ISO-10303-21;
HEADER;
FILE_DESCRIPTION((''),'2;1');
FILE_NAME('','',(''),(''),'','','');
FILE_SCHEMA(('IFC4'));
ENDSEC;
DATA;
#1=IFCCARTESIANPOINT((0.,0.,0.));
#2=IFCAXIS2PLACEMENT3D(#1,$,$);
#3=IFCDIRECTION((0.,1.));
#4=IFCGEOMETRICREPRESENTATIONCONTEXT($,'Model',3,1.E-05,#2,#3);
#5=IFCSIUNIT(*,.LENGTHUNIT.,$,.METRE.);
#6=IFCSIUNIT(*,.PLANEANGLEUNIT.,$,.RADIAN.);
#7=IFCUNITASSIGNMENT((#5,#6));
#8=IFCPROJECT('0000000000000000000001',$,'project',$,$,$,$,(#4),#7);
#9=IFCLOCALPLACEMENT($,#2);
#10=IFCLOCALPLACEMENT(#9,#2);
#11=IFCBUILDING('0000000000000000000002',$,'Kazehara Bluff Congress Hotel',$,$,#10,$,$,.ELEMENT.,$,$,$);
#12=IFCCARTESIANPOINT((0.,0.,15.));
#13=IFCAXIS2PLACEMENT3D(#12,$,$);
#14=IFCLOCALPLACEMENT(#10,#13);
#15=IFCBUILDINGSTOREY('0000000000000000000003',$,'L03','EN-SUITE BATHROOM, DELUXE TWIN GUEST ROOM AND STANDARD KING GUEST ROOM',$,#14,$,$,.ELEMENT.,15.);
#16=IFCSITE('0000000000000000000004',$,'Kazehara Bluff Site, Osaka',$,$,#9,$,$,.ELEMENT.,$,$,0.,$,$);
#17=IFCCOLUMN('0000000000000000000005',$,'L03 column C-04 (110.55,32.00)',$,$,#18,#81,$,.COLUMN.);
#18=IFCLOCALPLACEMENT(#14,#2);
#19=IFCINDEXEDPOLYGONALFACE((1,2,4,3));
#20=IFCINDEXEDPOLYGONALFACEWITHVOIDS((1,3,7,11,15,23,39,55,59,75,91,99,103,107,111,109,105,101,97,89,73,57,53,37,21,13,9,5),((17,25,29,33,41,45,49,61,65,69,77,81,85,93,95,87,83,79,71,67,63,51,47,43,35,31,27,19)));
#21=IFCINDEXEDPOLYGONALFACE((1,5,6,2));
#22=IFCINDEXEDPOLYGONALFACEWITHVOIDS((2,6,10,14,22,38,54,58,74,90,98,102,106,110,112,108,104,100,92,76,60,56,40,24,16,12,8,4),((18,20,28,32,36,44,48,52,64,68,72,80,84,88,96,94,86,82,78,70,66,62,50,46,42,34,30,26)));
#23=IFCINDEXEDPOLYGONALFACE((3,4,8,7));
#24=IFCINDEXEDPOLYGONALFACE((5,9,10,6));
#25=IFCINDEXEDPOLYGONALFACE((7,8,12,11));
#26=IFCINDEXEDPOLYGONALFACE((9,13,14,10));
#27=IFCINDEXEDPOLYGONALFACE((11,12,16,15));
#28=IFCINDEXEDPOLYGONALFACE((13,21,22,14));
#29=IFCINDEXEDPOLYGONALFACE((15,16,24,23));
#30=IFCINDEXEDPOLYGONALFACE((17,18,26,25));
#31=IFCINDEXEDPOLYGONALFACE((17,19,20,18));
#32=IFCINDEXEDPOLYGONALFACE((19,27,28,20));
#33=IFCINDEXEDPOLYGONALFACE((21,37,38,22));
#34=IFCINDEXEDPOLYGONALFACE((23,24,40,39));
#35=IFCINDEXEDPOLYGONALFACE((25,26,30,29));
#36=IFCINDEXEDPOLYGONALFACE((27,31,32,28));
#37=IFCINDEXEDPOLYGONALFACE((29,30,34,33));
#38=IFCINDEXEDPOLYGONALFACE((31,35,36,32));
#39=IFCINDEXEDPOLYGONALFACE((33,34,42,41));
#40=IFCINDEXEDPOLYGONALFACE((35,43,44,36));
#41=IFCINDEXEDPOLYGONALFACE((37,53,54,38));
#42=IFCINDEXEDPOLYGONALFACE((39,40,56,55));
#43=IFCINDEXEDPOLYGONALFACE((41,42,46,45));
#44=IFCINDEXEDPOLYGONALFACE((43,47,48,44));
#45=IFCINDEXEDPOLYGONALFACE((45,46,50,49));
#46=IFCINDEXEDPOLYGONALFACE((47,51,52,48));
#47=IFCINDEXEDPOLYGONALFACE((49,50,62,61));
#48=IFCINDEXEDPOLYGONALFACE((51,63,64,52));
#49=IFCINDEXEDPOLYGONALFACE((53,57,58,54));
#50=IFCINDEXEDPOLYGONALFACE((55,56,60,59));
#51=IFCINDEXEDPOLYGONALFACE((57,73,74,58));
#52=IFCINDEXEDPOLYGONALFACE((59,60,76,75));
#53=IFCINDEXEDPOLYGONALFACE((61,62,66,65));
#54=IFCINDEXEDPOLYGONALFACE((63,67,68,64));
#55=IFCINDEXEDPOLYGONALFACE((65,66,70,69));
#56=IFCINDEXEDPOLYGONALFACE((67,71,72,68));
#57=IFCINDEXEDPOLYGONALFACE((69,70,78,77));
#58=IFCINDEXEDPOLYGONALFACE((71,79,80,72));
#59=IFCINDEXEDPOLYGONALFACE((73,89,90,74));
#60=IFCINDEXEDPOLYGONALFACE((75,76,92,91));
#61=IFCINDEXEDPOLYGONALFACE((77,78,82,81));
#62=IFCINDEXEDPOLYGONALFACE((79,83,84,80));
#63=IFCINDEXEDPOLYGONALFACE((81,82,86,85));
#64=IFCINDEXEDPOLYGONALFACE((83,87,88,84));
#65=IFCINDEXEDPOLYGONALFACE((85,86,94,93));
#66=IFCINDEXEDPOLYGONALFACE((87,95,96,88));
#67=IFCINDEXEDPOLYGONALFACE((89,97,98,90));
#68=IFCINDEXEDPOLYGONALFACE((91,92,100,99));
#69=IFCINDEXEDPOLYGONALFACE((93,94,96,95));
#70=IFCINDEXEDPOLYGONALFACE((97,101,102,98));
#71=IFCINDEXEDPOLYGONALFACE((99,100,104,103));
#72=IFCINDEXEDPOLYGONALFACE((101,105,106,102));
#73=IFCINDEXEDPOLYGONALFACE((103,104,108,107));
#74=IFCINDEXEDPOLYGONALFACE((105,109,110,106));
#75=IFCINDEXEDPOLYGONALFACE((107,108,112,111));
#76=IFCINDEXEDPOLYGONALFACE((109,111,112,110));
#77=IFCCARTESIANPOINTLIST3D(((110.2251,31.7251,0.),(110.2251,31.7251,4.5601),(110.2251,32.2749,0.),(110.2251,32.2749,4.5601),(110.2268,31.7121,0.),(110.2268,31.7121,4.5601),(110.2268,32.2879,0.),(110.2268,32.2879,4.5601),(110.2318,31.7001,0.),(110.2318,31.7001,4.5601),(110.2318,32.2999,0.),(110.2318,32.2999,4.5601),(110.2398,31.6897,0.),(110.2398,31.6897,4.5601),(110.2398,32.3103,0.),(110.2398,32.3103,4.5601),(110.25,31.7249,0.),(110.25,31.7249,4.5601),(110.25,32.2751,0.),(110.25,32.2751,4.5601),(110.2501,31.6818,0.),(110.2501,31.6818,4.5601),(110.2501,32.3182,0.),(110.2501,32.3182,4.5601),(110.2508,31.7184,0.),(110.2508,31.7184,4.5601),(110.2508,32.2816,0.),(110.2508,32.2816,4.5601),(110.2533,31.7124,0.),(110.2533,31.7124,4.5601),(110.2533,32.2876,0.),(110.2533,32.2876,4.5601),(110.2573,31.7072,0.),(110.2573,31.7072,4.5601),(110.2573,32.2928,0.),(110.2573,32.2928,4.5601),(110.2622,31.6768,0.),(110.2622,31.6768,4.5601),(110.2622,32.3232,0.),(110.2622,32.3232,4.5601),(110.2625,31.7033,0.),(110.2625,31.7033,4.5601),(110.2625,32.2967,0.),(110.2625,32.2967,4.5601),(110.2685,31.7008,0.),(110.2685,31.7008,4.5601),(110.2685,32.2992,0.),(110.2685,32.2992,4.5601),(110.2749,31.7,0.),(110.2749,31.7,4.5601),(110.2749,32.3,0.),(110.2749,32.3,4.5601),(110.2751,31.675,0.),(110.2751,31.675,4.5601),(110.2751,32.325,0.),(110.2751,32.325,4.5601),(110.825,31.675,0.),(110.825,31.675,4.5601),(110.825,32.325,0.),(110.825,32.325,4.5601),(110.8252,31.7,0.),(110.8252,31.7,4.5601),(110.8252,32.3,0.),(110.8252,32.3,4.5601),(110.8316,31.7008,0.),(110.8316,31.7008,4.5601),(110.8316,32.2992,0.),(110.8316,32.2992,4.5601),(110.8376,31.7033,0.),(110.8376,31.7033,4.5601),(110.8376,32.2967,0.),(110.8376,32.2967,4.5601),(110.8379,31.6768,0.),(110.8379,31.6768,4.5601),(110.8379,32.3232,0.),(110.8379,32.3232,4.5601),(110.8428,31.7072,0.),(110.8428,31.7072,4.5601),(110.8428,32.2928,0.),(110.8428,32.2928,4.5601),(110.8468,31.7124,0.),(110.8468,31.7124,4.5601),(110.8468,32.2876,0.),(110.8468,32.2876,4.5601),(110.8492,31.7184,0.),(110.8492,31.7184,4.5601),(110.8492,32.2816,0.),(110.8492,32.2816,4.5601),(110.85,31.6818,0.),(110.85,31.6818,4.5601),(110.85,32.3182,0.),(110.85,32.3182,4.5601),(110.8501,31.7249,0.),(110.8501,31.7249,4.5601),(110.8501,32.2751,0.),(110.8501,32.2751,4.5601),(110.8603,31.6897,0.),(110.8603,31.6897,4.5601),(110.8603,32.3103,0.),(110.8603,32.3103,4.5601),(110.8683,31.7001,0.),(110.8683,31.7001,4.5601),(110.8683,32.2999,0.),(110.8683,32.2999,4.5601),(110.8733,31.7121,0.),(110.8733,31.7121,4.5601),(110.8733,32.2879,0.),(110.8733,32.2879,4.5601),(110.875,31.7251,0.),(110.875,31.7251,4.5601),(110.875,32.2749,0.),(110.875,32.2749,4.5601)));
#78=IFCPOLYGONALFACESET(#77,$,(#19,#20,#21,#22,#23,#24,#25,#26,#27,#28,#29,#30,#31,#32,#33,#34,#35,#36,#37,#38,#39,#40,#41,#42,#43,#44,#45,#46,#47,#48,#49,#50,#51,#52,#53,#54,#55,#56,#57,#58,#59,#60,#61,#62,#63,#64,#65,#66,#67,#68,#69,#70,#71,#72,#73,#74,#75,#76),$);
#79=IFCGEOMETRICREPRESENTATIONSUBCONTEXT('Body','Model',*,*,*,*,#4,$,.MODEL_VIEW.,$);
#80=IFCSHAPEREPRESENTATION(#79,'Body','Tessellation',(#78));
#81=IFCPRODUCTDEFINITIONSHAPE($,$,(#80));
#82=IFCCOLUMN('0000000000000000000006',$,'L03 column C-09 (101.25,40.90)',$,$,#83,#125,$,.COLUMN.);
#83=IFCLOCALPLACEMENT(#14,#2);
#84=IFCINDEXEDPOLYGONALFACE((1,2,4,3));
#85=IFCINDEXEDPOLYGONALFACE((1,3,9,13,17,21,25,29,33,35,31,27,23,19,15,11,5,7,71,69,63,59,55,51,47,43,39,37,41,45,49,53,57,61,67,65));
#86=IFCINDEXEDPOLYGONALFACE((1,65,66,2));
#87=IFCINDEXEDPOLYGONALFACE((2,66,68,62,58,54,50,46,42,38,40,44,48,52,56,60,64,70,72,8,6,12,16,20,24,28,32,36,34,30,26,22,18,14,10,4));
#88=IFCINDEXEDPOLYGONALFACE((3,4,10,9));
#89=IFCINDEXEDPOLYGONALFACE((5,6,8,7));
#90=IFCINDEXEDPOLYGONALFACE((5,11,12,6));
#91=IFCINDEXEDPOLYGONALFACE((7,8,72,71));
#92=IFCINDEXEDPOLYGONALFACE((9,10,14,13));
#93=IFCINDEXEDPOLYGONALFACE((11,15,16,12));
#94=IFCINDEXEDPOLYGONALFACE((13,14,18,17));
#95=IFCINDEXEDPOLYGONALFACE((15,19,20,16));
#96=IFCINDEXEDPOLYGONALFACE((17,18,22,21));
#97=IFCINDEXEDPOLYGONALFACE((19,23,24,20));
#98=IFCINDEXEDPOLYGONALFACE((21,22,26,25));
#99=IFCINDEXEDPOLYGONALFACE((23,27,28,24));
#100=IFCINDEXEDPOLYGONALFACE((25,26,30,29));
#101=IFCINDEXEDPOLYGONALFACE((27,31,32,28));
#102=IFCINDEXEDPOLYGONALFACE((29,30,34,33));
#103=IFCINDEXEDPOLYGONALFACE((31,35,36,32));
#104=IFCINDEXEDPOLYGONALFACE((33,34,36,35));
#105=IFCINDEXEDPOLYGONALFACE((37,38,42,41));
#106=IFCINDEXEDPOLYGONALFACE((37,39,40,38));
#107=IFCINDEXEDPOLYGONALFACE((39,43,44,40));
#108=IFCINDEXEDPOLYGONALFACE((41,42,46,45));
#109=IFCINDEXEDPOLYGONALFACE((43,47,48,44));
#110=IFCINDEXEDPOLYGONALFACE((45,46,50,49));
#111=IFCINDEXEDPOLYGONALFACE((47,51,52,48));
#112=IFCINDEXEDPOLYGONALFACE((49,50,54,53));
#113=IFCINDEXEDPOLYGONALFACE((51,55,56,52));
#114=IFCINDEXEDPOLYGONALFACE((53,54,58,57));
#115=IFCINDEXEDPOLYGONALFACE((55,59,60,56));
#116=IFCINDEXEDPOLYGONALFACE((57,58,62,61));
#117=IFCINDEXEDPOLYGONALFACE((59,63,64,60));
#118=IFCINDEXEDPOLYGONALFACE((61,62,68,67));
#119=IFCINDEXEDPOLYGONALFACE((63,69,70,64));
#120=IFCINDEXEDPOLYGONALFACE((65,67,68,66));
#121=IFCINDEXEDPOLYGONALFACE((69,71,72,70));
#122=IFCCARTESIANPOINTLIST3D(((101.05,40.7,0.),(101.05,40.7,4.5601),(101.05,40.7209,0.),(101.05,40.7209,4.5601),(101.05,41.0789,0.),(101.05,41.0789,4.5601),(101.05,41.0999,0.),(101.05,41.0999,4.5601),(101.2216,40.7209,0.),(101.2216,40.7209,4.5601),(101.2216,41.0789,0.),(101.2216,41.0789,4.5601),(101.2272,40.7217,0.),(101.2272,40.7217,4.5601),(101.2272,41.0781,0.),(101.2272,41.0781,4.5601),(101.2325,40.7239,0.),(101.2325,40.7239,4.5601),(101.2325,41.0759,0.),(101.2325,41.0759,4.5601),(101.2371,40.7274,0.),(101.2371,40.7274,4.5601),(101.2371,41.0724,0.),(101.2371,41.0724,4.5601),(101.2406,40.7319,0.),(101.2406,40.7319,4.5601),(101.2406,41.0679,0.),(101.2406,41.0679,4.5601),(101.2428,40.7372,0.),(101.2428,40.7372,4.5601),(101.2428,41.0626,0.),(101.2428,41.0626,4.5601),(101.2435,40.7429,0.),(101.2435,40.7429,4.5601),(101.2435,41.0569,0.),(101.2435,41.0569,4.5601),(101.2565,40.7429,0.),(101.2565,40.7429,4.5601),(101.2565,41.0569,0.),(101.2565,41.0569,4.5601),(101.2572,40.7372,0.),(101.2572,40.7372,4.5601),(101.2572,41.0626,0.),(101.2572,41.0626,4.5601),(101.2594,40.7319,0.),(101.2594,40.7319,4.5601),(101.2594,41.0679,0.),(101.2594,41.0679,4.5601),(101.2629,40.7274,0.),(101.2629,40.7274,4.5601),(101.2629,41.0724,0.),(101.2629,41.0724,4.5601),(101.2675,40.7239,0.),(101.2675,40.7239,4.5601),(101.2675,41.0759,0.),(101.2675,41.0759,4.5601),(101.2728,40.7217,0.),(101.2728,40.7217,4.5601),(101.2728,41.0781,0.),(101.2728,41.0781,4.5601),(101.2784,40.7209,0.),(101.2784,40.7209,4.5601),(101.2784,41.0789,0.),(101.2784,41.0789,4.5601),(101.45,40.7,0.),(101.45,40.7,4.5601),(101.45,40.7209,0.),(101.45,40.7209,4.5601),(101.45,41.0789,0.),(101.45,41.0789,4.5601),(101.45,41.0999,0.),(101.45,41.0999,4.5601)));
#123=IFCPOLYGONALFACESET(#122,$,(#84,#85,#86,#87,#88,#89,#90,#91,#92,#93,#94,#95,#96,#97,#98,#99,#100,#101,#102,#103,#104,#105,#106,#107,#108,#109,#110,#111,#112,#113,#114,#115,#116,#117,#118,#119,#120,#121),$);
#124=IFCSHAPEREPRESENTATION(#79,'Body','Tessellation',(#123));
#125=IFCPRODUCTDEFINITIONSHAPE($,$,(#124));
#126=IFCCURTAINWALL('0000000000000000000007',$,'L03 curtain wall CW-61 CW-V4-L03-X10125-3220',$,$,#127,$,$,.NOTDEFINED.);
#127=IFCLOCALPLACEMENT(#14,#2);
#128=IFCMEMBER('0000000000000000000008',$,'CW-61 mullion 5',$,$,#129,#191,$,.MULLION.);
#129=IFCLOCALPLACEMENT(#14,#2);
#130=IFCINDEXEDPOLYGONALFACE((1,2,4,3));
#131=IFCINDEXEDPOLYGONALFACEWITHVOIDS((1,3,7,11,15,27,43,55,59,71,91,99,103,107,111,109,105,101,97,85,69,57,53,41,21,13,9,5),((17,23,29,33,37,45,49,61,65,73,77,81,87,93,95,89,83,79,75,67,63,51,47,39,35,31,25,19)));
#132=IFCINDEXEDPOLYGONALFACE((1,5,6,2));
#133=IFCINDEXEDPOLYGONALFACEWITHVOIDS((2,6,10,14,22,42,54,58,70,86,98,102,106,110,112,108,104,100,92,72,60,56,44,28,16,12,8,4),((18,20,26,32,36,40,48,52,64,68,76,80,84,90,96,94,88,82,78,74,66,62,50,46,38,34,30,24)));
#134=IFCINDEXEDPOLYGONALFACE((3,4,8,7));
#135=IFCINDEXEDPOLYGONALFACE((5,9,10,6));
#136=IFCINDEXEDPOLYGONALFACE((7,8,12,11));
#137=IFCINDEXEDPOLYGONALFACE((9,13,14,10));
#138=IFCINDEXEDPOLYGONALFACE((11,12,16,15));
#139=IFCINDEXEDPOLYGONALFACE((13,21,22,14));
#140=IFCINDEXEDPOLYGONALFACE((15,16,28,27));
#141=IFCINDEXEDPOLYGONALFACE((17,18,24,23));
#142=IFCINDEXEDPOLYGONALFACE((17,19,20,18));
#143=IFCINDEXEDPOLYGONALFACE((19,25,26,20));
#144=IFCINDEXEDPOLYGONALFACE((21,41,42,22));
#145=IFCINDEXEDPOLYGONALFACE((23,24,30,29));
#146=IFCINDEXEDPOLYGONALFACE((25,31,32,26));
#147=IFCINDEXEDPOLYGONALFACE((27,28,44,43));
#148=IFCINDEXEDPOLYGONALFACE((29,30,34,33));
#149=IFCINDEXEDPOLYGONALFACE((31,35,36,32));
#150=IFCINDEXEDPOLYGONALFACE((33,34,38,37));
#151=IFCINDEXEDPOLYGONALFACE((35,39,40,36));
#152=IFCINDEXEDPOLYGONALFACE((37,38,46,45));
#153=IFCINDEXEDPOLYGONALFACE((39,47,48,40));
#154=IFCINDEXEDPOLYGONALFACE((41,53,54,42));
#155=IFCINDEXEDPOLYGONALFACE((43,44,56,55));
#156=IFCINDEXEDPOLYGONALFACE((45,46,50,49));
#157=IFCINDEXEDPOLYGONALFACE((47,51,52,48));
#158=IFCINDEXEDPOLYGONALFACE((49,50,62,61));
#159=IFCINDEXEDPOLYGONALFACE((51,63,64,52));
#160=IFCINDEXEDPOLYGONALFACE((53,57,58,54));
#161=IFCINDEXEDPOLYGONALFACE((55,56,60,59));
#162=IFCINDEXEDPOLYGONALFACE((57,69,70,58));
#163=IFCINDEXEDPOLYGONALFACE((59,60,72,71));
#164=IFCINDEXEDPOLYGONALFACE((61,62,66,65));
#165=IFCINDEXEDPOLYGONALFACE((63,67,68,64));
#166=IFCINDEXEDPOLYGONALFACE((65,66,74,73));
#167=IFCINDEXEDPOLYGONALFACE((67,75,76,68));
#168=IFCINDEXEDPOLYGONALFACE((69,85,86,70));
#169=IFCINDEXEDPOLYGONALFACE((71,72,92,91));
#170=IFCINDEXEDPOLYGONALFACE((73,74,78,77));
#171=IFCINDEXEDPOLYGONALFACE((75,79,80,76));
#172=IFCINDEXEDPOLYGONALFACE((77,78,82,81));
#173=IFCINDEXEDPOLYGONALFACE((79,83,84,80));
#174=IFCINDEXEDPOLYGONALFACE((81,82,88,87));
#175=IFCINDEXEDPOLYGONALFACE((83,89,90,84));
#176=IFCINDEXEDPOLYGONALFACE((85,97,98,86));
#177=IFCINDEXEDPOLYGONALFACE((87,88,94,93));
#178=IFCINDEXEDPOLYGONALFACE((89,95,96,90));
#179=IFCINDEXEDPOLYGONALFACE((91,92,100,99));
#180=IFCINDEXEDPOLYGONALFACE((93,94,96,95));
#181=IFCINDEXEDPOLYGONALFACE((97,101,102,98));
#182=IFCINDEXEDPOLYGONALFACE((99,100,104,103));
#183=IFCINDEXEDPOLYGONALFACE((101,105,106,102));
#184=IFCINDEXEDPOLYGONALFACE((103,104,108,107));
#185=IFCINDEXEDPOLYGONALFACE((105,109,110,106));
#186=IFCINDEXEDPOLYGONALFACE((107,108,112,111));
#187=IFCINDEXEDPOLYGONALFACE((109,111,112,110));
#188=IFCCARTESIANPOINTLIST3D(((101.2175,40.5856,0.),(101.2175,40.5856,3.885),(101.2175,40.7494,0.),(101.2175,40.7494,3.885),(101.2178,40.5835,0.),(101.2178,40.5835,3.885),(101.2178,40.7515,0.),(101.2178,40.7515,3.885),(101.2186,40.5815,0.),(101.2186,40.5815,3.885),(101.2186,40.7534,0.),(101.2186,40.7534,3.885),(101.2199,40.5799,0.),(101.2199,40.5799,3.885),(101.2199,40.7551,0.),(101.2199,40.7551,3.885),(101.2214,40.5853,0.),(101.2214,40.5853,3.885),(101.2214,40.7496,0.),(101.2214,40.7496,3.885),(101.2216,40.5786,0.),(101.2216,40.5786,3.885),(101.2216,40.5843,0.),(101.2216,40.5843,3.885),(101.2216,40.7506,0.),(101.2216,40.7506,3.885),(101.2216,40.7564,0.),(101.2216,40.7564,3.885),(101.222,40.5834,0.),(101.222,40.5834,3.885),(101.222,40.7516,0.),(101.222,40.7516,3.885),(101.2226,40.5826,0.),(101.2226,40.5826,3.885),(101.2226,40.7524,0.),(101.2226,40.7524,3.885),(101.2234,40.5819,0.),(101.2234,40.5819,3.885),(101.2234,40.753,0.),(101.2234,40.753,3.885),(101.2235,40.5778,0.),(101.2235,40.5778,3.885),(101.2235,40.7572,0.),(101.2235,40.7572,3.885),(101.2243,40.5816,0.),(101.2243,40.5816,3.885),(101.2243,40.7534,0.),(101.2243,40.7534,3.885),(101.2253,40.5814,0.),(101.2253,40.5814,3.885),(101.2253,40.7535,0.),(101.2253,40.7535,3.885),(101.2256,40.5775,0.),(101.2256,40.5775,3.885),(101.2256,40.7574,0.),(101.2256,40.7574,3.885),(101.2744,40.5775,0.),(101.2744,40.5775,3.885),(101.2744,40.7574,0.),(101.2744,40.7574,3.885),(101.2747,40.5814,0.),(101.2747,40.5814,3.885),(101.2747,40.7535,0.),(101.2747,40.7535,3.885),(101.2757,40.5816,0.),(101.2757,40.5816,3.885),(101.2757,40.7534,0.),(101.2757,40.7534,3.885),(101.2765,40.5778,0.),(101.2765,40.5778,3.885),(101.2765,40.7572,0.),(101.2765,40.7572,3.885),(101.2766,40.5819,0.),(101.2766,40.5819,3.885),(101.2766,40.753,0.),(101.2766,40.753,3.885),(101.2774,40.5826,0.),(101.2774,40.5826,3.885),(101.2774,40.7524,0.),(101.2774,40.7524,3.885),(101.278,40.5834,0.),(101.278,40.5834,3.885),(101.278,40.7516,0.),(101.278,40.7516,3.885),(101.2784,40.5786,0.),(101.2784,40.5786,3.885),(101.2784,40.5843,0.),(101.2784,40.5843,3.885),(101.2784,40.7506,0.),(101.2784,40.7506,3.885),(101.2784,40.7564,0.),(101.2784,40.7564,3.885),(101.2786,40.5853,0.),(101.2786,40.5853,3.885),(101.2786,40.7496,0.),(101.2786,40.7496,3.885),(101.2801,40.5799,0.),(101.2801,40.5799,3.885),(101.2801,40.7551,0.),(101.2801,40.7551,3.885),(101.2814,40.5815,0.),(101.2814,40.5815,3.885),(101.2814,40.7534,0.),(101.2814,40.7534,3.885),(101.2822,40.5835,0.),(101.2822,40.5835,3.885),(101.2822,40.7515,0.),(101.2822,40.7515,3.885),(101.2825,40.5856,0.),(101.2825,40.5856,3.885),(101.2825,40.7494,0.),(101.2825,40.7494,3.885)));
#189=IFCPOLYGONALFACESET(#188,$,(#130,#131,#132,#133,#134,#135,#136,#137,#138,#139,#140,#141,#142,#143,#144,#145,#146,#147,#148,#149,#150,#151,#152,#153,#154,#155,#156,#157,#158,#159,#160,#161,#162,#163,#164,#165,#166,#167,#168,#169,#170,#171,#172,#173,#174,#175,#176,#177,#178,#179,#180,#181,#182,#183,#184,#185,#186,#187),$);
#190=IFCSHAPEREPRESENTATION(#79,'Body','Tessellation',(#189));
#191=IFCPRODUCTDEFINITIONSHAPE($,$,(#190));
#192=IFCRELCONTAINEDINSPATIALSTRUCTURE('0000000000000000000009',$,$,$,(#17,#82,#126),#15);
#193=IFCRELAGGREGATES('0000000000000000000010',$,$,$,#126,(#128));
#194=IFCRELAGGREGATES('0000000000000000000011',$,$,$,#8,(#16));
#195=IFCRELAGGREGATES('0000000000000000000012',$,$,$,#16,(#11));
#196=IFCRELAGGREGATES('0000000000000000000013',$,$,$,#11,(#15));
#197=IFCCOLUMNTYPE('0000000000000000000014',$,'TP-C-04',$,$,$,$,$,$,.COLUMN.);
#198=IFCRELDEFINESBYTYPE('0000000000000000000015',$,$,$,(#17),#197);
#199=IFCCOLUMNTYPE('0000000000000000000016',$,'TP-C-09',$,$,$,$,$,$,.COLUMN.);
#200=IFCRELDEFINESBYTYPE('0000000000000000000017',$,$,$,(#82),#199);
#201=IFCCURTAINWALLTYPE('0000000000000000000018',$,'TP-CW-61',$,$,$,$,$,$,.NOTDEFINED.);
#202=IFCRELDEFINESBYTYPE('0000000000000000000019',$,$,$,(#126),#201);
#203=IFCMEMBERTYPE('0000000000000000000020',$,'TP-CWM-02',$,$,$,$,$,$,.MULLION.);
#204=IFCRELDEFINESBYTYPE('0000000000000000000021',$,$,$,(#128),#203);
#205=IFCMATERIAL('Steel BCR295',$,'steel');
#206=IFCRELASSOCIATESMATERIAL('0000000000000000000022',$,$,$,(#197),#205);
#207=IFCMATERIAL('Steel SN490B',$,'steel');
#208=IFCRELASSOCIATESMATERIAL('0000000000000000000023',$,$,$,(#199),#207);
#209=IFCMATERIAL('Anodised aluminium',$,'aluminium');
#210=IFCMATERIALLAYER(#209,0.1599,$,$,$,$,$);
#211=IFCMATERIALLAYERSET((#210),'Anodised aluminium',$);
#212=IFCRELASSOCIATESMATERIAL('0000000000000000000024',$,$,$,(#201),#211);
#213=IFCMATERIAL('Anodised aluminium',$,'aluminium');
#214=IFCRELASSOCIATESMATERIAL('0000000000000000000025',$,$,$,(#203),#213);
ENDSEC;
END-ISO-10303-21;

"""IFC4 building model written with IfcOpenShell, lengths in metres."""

from ifc_helpers import new_model, si_unit, direction, frame, origin, origin_2d, place, context, subcontext, project, spatial, hollow_rectangle, i_section, extrude, material, layer, layer_set, material_profile, profile_set, type_object, element, aggregate, save


model = new_model("IFC4")

# Units and contexts
model_context = context("Model", 3, precision=1e-05, world=origin(), true_north=direction((0.0, 1.0)))
body_context = subcontext(model_context, "Body", "Model", "MODEL_VIEW")
ifc_project = project(units=[si_unit("LENGTHUNIT", "METRE"), si_unit("PLANEANGLEUNIT", "RADIAN")], contexts=[model_context])

# Site, building, storey
site_placement = place(None, origin())
site = spatial("IfcSite", under=ifc_project, at=site_placement, Name="Kazehara Bluff Site, Osaka", CompositionType="ELEMENT", RefElevation=0.0)
building_placement = place(site_placement, origin())
building = spatial("IfcBuilding", under=site, at=building_placement, Name="Kazehara Bluff Congress Hotel", CompositionType="ELEMENT")
storey_placement = place(building_placement, frame((0.0, 0.0, 15.0)))
storey = spatial("IfcBuildingStorey", under=building, at=storey_placement, Name="L03", Description="EN-SUITE BATHROOM, DELUXE TWIN GUEST ROOM AND STANDARD KING GUEST ROOM", CompositionType="ELEMENT", Elevation=15.0)

# Columns
ifc_material_1 = material(Name="Steel BCR295", Category="steel")
ifc_material_profile_1 = material_profile(ifc_material_1, hollow_rectangle(XDim=0.6499, YDim=0.6499, WallThickness=0.0249, InnerFilletRadius=0.0249, OuterFilletRadius=0.05, at=origin_2d()))
ifc_profile_set_1 = profile_set([ifc_material_profile_1], Name="Steel BCR295")
column_type_1 = type_object("IfcColumnType", Name="TP-C-04", PredefinedType="COLUMN", material=ifc_profile_set_1)
column_1_placement = place(storey_placement, frame((110.55, 32.0, 0.0), z_axis=(0.0, 0.0, 1.0), x_axis=(1.0, 0.0, 0.0)))
element("IfcColumn", 1, at=column_1_placement, inside=storey, type_object=column_type_1, Name="L03 column C-04 (110.55,32.00)", PredefinedType="COLUMN", context=body_context, shape_type="SweptSolid", body=[
    extrude(hollow_rectangle(XDim=0.6499, YDim=0.6499, WallThickness=0.0249, InnerFilletRadius=0.0249, OuterFilletRadius=0.05, at=origin_2d()), origin(), (0.0, 0.0, 1.0), 4.5601),
])
ifc_material_2 = material(Name="Steel SN490B", Category="steel")
ifc_material_profile_2 = material_profile(ifc_material_2, i_section(OverallWidth=0.3999, OverallDepth=0.3999, WebThickness=0.0129, FlangeThickness=0.021, FilletRadius=0.022, at=origin_2d()))
ifc_profile_set_2 = profile_set([ifc_material_profile_2], Name="Steel SN490B")
column_type_2 = type_object("IfcColumnType", Name="TP-C-09", PredefinedType="COLUMN", material=ifc_profile_set_2)
column_2_placement = place(storey_placement, frame((101.25, 40.8999, 0.0), z_axis=(0.0, 0.0, 1.0), x_axis=(1.0, 0.0, 0.0)))
element("IfcColumn", 2, at=column_2_placement, inside=storey, type_object=column_type_2, Name="L03 column C-09 (101.25,40.90)", PredefinedType="COLUMN", context=body_context, shape_type="SweptSolid", body=[
    extrude(i_section(OverallWidth=0.3999, OverallDepth=0.3999, WebThickness=0.0129, FlangeThickness=0.021, FilletRadius=0.022, at=origin_2d()), origin(), (0.0, 0.0, 1.0), 4.5601),
])

# Curtain wall, member
ifc_material_3 = material(Name="Anodised aluminium", Category="aluminium")
ifc_layer_1 = layer(ifc_material_3, 0.1599)
ifc_layer_set_1 = layer_set([ifc_layer_1], Name="Anodised aluminium")
curtain_wall_type_1 = type_object("IfcCurtainWallType", Name="TP-CW-61", PredefinedType="NOTDEFINED", material=ifc_layer_set_1)
curtain_wall_1_placement = place(storey_placement, origin())
curtain_wall_1 = element("IfcCurtainWall", 3, at=curtain_wall_1_placement, inside=storey, type_object=curtain_wall_type_1, Name="L03 curtain wall CW-61 CW-V4-L03-X10125-3220", PredefinedType="NOTDEFINED")
ifc_material_4 = material(Name="Anodised aluminium", Category="aluminium")
ifc_material_profile_3 = material_profile(ifc_material_4, hollow_rectangle(XDim=0.0649, YDim=0.1799, WallThickness=0.0039, InnerFilletRadius=0.0039, OuterFilletRadius=0.0081, at=origin_2d()))
ifc_profile_set_3 = profile_set([ifc_material_profile_3], Name="Anodised aluminium")
member_type_1 = type_object("IfcMemberType", Name="TP-CWM-02", PredefinedType="MULLION", material=ifc_profile_set_3)
member_1_placement = place(storey_placement, frame((101.25, 40.6675, 0.0), z_axis=(0.0, 0.0, 1.0), x_axis=(-1.0, 0.0, 0.0)))
member_1 = element("IfcMember", 4, at=member_1_placement, type_object=member_type_1, Name="CW-61 mullion 5", PredefinedType="MULLION", context=body_context, shape_type="SweptSolid", body=[
    extrude(hollow_rectangle(XDim=0.0649, YDim=0.1799, WallThickness=0.0039, InnerFilletRadius=0.0039, OuterFilletRadius=0.0081, at=origin_2d()), origin(), (0.0, 0.0, 1.0), 3.885),
])

aggregate(curtain_wall_1, [member_1])

save(model, "model.ifc")
